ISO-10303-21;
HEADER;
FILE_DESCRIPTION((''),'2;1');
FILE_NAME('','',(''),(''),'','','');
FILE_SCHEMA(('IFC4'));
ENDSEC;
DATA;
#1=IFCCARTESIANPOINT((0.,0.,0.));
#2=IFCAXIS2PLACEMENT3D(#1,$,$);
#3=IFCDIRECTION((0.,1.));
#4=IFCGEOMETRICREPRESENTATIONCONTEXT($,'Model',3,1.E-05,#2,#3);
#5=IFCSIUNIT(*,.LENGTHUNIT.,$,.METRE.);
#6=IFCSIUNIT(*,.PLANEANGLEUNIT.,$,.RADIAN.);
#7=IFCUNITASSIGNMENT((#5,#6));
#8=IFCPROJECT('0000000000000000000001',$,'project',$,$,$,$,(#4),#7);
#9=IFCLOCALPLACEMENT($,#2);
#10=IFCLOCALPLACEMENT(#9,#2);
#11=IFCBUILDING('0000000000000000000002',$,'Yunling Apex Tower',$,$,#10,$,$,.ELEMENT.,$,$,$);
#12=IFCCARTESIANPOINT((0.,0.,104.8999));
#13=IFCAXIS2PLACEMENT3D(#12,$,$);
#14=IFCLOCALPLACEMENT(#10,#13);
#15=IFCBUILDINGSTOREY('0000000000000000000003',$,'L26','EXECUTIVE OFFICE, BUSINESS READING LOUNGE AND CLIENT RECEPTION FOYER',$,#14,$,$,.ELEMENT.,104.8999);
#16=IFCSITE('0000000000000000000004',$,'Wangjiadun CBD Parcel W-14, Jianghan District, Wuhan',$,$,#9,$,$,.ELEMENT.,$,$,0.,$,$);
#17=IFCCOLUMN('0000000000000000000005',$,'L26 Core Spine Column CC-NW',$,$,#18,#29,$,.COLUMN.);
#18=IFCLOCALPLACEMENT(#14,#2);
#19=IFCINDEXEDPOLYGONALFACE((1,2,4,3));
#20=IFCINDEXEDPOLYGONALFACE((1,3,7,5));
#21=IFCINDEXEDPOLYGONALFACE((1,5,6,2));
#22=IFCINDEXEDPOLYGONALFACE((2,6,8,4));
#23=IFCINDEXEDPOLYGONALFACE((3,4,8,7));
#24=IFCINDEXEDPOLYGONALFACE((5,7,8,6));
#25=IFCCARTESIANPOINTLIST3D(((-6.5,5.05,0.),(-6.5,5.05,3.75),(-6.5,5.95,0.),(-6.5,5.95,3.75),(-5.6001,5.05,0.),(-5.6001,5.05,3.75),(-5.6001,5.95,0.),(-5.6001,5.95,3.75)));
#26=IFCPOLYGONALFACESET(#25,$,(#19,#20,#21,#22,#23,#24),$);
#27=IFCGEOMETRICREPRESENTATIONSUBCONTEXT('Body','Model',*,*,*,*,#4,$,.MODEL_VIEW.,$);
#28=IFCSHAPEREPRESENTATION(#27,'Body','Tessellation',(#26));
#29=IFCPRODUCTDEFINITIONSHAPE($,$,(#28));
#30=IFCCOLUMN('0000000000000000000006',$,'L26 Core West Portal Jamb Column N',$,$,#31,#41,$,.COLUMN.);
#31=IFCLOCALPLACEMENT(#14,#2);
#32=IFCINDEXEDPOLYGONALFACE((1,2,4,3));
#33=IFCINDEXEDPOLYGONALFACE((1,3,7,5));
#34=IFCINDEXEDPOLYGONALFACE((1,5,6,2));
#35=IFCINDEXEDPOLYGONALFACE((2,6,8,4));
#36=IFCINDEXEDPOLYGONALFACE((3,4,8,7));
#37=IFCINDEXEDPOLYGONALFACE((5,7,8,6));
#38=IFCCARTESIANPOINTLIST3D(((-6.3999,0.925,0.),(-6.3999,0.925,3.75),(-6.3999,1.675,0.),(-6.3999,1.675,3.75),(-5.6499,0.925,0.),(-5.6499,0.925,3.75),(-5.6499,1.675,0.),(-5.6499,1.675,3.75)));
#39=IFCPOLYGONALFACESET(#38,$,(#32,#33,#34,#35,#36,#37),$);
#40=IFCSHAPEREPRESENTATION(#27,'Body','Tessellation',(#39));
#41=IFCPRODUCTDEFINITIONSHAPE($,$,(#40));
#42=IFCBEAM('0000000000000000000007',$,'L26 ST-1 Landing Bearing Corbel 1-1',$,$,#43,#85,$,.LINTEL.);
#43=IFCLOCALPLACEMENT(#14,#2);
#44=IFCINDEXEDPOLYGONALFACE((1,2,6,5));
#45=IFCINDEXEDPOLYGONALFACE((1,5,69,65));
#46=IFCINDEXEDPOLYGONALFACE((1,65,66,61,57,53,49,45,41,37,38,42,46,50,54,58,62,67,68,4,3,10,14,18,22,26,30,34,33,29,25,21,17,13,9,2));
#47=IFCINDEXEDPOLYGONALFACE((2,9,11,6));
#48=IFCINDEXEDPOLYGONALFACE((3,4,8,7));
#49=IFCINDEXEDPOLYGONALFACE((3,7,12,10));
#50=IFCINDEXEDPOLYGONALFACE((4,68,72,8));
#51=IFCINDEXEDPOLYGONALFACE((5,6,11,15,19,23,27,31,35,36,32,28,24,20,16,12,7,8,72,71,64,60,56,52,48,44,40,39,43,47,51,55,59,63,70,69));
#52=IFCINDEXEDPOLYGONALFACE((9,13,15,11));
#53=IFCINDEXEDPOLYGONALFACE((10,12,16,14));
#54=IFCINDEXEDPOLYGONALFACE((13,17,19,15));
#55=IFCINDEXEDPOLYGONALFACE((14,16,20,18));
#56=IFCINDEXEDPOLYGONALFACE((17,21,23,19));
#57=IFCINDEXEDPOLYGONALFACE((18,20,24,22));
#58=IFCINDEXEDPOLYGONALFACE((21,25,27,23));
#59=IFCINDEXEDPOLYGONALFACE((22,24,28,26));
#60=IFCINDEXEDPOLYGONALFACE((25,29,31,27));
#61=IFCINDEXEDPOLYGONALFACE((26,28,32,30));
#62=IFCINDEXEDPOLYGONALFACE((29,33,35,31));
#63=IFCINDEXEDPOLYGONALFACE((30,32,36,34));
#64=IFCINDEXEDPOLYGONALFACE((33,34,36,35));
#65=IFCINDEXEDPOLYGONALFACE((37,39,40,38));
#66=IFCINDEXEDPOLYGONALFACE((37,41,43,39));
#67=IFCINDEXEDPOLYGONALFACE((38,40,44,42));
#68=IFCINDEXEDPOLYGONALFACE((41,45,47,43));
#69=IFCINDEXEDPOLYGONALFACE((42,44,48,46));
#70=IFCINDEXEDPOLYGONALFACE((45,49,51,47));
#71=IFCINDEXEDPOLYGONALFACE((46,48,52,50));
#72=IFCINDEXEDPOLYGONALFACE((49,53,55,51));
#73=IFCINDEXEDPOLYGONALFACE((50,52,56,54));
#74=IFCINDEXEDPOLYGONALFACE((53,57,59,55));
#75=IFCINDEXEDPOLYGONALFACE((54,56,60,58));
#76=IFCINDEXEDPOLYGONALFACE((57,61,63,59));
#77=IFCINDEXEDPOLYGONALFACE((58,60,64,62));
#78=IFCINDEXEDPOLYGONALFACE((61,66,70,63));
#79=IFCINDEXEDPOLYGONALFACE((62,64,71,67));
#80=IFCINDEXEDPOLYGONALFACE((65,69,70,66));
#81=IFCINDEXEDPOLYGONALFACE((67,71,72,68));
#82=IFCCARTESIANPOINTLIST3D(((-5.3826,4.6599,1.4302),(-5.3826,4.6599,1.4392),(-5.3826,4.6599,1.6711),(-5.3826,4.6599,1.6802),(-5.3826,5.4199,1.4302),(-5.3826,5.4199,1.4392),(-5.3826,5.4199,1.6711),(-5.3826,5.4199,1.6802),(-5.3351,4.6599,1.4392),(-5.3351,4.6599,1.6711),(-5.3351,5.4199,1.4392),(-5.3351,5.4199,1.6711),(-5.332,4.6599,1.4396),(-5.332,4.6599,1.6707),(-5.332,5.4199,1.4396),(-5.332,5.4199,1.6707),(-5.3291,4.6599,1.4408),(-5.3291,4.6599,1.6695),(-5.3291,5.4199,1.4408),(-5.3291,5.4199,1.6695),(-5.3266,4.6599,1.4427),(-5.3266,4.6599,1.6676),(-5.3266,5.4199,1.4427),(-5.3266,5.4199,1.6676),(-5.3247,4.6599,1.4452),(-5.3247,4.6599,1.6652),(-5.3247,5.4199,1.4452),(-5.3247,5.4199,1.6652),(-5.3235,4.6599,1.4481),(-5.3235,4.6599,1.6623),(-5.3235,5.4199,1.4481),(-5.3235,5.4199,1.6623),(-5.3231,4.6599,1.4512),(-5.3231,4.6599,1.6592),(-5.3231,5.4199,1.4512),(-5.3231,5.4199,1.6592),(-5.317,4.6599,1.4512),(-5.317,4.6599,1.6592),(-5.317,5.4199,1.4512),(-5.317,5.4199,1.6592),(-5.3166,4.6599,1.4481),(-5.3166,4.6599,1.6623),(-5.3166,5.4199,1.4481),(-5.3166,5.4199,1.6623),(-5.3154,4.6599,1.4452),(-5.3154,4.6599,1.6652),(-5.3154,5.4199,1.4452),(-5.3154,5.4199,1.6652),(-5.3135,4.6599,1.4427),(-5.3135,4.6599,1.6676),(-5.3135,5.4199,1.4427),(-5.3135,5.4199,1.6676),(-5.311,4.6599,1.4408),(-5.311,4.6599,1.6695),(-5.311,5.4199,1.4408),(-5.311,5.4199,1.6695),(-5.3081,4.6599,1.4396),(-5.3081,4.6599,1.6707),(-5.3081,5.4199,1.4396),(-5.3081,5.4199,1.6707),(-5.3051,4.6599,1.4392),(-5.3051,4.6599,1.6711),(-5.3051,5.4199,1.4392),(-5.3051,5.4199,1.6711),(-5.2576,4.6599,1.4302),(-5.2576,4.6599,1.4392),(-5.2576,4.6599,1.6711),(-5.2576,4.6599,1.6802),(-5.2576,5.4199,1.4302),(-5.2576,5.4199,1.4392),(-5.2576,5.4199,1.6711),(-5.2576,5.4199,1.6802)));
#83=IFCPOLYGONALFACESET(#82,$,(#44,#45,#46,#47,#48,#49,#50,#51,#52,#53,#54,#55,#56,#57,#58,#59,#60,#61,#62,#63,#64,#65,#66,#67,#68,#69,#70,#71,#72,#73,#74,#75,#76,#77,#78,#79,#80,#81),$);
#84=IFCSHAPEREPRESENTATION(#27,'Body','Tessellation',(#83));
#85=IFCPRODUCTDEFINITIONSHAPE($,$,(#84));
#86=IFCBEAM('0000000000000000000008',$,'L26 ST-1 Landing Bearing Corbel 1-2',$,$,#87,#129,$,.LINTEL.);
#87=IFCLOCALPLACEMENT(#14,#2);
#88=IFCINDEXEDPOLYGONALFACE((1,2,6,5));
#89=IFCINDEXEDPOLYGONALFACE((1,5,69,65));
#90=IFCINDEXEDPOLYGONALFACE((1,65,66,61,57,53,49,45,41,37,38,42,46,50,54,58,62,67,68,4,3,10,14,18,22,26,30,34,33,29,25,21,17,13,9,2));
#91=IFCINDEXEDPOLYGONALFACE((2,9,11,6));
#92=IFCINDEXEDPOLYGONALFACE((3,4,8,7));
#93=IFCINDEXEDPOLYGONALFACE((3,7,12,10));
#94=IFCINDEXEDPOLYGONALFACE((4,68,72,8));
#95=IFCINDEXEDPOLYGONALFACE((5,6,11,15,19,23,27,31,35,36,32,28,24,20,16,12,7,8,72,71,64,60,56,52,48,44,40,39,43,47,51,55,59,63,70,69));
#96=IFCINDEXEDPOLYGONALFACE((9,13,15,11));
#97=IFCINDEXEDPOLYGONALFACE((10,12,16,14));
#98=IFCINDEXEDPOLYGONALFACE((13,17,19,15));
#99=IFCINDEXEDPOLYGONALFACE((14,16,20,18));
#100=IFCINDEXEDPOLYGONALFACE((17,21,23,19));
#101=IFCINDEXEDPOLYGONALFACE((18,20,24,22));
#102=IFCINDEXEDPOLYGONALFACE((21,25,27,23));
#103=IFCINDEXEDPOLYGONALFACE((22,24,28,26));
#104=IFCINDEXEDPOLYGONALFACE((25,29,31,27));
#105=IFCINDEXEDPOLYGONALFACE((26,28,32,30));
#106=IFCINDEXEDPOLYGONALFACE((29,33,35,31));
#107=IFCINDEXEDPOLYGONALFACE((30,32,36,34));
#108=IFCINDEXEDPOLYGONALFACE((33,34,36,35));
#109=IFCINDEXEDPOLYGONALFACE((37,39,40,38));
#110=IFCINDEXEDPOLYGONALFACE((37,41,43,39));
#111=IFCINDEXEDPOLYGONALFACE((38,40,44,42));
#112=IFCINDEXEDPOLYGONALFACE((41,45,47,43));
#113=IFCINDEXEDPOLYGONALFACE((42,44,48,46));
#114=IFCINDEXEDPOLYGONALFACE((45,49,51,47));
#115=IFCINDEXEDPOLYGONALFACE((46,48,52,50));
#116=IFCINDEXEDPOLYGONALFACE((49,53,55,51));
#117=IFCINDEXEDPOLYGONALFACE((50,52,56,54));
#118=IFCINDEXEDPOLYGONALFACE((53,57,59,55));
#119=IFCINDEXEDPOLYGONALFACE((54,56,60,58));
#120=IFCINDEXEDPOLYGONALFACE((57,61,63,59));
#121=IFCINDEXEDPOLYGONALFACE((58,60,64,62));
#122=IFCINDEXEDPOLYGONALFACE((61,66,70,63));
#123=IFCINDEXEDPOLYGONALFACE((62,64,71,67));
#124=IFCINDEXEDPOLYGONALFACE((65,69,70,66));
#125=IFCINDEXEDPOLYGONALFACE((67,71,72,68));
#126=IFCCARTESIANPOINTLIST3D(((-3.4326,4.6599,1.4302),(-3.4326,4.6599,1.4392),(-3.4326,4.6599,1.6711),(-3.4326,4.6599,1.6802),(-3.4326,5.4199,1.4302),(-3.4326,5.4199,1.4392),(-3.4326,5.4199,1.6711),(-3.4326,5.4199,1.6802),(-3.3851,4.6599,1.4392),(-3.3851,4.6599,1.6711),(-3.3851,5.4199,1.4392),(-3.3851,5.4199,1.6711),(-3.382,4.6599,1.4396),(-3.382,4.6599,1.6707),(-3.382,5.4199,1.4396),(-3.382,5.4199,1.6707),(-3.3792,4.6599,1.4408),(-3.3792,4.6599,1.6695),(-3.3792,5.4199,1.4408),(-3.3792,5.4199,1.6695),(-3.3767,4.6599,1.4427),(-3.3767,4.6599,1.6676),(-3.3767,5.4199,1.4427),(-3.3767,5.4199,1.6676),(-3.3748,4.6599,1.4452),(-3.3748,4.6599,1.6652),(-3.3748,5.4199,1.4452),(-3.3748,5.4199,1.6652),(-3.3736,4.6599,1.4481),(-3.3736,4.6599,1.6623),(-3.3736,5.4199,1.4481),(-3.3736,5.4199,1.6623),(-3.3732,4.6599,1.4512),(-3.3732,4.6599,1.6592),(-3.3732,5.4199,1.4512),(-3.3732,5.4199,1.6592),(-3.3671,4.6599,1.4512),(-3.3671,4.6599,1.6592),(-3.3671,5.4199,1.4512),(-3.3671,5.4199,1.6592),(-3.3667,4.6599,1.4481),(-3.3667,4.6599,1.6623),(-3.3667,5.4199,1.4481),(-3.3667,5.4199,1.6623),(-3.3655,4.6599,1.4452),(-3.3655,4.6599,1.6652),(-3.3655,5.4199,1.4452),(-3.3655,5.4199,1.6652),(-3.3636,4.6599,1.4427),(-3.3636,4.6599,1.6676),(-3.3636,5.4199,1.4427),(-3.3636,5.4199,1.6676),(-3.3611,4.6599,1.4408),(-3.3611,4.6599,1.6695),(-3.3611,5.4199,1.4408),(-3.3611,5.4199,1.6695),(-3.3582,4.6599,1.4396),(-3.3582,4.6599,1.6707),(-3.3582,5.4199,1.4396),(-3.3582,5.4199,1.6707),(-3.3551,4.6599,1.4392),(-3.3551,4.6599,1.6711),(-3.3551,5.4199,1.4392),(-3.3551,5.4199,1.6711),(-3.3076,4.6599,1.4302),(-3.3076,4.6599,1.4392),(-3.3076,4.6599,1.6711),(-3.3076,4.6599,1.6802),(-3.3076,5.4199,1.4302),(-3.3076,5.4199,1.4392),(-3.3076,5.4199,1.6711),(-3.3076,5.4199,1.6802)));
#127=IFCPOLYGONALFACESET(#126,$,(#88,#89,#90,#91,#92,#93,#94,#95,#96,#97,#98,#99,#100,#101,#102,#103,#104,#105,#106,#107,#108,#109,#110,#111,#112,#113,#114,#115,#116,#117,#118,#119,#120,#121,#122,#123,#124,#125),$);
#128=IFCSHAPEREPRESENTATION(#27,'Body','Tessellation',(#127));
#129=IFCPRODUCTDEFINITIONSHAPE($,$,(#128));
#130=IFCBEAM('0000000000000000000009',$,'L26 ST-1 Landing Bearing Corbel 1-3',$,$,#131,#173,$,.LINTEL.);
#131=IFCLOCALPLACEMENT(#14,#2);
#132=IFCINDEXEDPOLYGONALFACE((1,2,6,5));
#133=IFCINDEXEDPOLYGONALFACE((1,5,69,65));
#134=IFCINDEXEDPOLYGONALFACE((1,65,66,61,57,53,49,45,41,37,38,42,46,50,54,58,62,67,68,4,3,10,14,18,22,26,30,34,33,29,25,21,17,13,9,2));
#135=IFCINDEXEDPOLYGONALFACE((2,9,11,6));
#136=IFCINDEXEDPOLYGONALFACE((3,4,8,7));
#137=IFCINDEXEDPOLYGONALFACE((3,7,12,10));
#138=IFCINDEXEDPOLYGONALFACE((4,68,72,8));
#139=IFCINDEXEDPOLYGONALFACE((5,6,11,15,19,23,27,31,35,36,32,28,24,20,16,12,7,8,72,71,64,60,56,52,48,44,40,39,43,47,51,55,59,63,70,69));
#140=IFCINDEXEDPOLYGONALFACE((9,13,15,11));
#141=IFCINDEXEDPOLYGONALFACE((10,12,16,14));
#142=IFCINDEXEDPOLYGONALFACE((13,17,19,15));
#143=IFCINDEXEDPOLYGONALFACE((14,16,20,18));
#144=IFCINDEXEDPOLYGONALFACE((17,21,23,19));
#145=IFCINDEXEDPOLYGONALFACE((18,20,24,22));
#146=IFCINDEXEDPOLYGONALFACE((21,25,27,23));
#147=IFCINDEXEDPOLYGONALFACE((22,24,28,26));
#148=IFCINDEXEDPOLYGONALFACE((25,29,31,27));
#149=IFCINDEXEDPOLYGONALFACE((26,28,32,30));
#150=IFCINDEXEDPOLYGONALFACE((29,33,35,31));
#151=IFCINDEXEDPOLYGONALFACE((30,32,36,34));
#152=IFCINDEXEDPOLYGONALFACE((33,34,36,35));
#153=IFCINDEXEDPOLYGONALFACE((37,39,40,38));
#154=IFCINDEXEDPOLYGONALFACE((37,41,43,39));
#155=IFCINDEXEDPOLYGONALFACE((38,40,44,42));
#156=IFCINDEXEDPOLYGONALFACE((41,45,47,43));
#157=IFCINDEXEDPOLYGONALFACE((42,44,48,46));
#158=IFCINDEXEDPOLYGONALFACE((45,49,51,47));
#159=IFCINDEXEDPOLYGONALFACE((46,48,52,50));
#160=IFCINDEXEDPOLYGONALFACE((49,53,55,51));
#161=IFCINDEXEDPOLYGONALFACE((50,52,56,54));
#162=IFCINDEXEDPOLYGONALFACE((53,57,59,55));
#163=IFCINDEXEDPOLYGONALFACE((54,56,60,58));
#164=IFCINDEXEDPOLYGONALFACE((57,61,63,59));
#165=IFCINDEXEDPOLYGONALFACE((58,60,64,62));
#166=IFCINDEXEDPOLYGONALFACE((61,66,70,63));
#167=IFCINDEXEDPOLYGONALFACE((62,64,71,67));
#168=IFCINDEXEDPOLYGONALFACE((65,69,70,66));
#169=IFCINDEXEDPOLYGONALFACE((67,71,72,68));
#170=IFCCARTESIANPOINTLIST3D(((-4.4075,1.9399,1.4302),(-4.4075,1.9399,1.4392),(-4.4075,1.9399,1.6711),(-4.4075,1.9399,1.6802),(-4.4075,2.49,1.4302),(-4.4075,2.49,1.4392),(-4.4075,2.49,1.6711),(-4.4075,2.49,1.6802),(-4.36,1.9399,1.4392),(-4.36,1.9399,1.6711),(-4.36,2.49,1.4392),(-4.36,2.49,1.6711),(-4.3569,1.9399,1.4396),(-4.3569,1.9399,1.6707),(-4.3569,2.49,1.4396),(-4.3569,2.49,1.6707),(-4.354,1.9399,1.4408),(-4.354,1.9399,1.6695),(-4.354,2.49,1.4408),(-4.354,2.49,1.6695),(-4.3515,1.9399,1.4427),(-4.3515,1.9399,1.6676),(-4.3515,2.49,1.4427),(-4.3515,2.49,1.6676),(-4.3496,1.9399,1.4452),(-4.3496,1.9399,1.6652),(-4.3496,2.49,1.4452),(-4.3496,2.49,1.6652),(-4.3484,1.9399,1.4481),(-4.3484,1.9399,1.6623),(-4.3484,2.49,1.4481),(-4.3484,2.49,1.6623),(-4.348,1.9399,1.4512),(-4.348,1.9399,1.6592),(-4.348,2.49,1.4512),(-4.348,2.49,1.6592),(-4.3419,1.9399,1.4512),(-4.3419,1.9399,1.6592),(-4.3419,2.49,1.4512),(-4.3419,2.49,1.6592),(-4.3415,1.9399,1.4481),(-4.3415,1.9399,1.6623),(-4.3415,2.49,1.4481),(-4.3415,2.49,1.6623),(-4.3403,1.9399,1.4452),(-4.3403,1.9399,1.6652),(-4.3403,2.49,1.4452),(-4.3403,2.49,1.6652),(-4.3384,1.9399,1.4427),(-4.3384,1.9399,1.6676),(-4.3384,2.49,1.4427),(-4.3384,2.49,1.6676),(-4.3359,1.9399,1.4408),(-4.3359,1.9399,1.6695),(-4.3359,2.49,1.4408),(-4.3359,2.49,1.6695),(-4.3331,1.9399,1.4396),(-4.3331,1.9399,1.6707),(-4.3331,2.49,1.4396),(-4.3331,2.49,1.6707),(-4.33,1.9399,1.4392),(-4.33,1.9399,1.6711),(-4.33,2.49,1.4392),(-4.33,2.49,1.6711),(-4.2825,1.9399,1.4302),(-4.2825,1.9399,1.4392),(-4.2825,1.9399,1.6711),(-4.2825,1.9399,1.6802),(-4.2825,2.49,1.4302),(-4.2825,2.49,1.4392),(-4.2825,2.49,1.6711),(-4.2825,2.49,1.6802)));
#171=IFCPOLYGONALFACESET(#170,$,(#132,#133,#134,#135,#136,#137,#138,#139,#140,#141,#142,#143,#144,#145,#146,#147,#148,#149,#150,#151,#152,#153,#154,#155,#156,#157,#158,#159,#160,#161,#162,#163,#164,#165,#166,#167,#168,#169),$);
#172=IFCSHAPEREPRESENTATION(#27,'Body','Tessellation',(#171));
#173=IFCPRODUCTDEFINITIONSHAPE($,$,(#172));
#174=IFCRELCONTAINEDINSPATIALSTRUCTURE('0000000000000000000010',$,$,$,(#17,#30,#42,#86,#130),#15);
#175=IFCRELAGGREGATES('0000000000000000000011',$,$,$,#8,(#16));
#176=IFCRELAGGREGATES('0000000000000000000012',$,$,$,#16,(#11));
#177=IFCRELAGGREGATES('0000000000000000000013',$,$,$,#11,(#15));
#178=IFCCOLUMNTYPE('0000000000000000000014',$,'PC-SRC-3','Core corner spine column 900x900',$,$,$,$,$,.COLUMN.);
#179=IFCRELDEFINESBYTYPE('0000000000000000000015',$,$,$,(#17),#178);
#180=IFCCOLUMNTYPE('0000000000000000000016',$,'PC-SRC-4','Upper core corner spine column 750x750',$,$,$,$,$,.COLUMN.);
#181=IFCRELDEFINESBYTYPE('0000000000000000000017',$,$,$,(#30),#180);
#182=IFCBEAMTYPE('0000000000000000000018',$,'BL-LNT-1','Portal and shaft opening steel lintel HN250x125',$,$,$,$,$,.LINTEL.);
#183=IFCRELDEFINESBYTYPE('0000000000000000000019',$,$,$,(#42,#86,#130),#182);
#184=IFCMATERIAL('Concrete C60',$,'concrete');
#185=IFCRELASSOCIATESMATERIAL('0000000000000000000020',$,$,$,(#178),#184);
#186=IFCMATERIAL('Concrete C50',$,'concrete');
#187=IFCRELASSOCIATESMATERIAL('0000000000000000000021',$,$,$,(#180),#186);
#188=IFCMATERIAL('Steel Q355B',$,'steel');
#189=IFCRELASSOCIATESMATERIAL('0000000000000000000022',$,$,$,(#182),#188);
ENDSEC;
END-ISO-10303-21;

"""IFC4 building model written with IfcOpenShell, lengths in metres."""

from ifc_helpers import new_model, si_unit, direction, frame, origin, origin_2d, place, context, subcontext, project, spatial, rectangle, i_section, extrude, source, transform, mapped, material, material_profile, profile_set, type_object, element, save


model = new_model("IFC4")

# Units and contexts
model_context = context("Model", 3, precision=1e-05, world=origin(), true_north=direction((0.0, 1.0)))
body_context = subcontext(model_context, "Body", "Model", "MODEL_VIEW")
ifc_project = project(units=[si_unit("LENGTHUNIT", "METRE"), si_unit("PLANEANGLEUNIT", "RADIAN")], contexts=[model_context])

# Site, building, storey
site_placement = place(None, origin())
site = spatial("IfcSite", under=ifc_project, at=site_placement, Name="Wangjiadun CBD Parcel W-14, Jianghan District, Wuhan", CompositionType="ELEMENT", RefElevation=0.0)
building_placement = place(site_placement, origin())
building = spatial("IfcBuilding", under=site, at=building_placement, Name="Yunling Apex Tower", CompositionType="ELEMENT")
storey_placement = place(building_placement, frame((0.0, 0.0, 104.8999)))
storey = spatial("IfcBuildingStorey", under=building, at=storey_placement, Name="L26", Description="EXECUTIVE OFFICE, BUSINESS READING LOUNGE AND CLIENT RECEPTION FOYER", CompositionType="ELEMENT", Elevation=104.8999)

# Columns
ifc_material_1 = material(Name="Concrete C60", Category="concrete")
ifc_material_profile_1 = material_profile(ifc_material_1, rectangle(XDim=0.8999, YDim=0.8999, at=origin_2d()))
ifc_profile_set_1 = profile_set([ifc_material_profile_1], Name="Concrete C60")
column_type_1 = type_object("IfcColumnType", Name="PC-SRC-3", Description="Core corner spine column 900x900", PredefinedType="COLUMN", material=ifc_profile_set_1)
shared_shape_1 = source(origin(), body_context, "Body", "SweptSolid", [
    extrude(rectangle(XDim=0.8999, YDim=0.8999, at=origin_2d()), origin(), (0.0, 0.0, 1.0), 3.75),
])
column_1_placement = place(storey_placement, frame((-6.05, 5.5, 0.0), z_axis=(0.0, 0.0, 1.0), x_axis=(1.0, 0.0, 0.0)))
element("IfcColumn", 1, at=column_1_placement, inside=storey, type_object=column_type_1, Name="L26 Core Spine Column CC-NW", PredefinedType="COLUMN", context=body_context, shape_type="MappedRepresentation", body=[
    mapped(shared_shape_1, transform((0.0, 0.0, 0.0), scale=1.0)),
])
ifc_material_2 = material(Name="Concrete C50", Category="concrete")
ifc_material_profile_2 = material_profile(ifc_material_2, rectangle(XDim=0.75, YDim=0.75, at=origin_2d()))
ifc_profile_set_2 = profile_set([ifc_material_profile_2], Name="Concrete C50")
column_type_2 = type_object("IfcColumnType", Name="PC-SRC-4", Description="Upper core corner spine column 750x750", PredefinedType="COLUMN", material=ifc_profile_set_2)
shared_shape_2 = source(origin(), body_context, "Body", "SweptSolid", [
    extrude(rectangle(XDim=0.75, YDim=0.75, at=origin_2d()), origin(), (0.0, 0.0, 1.0), 3.75),
])
column_2_placement = place(storey_placement, frame((-6.0249, 1.3, 0.0), z_axis=(0.0, 0.0, 1.0), x_axis=(1.0, 0.0, 0.0)))
element("IfcColumn", 2, at=column_2_placement, inside=storey, type_object=column_type_2, Name="L26 Core West Portal Jamb Column N", PredefinedType="COLUMN", context=body_context, shape_type="MappedRepresentation", body=[
    mapped(shared_shape_2, transform((0.0, 0.0, 0.0), scale=1.0)),
])

# Beams
ifc_material_3 = material(Name="Steel Q355B", Category="steel")
ifc_material_profile_3 = material_profile(ifc_material_3, i_section(OverallWidth=0.125, OverallDepth=0.25, WebThickness=0.0061, FlangeThickness=0.009, FilletRadius=0.012, at=origin_2d()))
ifc_profile_set_3 = profile_set([ifc_material_profile_3], Name="Steel Q355B")
beam_type_1 = type_object("IfcBeamType", Name="BL-LNT-1", Description="Portal and shaft opening steel lintel HN250x125", PredefinedType="LINTEL", material=ifc_profile_set_3)
shared_shape_3 = source(origin(), body_context, "Body", "SweptSolid", [
    extrude(i_section(OverallWidth=0.125, OverallDepth=0.25, WebThickness=0.0061, FlangeThickness=0.009, FilletRadius=0.012, at=origin_2d()), origin(), (0.0, 0.0, 1.0), 0.76),
])
for number, where, z_axis, x_axis, name in (
    (3, (-5.3201, 5.4199, 1.5552), (0.0, -1.0, 0.0), (1.0, 0.0, 0.0), "L26 ST-1 Landing Bearing Corbel 1-1"),
    (4, (-3.3701, 5.4199, 1.5552), (0.0, -1.0, 0.0), (1.0, 0.0, 0.0), "L26 ST-1 Landing Bearing Corbel 1-2"),
):
    element("IfcBeam", number, at=place(storey_placement, frame(where, z_axis=z_axis, x_axis=x_axis)), inside=storey, type_object=beam_type_1, Name=name, PredefinedType="LINTEL", context=body_context, shape_type="MappedRepresentation", body=[
        mapped(shared_shape_3, transform((0.0, 0.0, 0.0), scale=1.0)),
    ])
shared_shape_4 = source(origin(), body_context, "Body", "SweptSolid", [
    extrude(i_section(OverallWidth=0.125, OverallDepth=0.25, WebThickness=0.0061, FlangeThickness=0.009, FilletRadius=0.012, at=origin_2d()), origin(), (0.0, 0.0, 1.0), 0.55),
])
beam_1_placement = place(storey_placement, frame((-4.345, 1.9399, 1.5552), z_axis=(0.0, 1.0, 0.0), x_axis=(-1.0, 0.0, 0.0)))
element("IfcBeam", 5, at=beam_1_placement, inside=storey, type_object=beam_type_1, Name="L26 ST-1 Landing Bearing Corbel 1-3", PredefinedType="LINTEL", context=body_context, shape_type="MappedRepresentation", body=[
    mapped(shared_shape_4, transform((0.0, 0.0, 0.0), scale=1.0)),
])

save(model, "model.ifc")
